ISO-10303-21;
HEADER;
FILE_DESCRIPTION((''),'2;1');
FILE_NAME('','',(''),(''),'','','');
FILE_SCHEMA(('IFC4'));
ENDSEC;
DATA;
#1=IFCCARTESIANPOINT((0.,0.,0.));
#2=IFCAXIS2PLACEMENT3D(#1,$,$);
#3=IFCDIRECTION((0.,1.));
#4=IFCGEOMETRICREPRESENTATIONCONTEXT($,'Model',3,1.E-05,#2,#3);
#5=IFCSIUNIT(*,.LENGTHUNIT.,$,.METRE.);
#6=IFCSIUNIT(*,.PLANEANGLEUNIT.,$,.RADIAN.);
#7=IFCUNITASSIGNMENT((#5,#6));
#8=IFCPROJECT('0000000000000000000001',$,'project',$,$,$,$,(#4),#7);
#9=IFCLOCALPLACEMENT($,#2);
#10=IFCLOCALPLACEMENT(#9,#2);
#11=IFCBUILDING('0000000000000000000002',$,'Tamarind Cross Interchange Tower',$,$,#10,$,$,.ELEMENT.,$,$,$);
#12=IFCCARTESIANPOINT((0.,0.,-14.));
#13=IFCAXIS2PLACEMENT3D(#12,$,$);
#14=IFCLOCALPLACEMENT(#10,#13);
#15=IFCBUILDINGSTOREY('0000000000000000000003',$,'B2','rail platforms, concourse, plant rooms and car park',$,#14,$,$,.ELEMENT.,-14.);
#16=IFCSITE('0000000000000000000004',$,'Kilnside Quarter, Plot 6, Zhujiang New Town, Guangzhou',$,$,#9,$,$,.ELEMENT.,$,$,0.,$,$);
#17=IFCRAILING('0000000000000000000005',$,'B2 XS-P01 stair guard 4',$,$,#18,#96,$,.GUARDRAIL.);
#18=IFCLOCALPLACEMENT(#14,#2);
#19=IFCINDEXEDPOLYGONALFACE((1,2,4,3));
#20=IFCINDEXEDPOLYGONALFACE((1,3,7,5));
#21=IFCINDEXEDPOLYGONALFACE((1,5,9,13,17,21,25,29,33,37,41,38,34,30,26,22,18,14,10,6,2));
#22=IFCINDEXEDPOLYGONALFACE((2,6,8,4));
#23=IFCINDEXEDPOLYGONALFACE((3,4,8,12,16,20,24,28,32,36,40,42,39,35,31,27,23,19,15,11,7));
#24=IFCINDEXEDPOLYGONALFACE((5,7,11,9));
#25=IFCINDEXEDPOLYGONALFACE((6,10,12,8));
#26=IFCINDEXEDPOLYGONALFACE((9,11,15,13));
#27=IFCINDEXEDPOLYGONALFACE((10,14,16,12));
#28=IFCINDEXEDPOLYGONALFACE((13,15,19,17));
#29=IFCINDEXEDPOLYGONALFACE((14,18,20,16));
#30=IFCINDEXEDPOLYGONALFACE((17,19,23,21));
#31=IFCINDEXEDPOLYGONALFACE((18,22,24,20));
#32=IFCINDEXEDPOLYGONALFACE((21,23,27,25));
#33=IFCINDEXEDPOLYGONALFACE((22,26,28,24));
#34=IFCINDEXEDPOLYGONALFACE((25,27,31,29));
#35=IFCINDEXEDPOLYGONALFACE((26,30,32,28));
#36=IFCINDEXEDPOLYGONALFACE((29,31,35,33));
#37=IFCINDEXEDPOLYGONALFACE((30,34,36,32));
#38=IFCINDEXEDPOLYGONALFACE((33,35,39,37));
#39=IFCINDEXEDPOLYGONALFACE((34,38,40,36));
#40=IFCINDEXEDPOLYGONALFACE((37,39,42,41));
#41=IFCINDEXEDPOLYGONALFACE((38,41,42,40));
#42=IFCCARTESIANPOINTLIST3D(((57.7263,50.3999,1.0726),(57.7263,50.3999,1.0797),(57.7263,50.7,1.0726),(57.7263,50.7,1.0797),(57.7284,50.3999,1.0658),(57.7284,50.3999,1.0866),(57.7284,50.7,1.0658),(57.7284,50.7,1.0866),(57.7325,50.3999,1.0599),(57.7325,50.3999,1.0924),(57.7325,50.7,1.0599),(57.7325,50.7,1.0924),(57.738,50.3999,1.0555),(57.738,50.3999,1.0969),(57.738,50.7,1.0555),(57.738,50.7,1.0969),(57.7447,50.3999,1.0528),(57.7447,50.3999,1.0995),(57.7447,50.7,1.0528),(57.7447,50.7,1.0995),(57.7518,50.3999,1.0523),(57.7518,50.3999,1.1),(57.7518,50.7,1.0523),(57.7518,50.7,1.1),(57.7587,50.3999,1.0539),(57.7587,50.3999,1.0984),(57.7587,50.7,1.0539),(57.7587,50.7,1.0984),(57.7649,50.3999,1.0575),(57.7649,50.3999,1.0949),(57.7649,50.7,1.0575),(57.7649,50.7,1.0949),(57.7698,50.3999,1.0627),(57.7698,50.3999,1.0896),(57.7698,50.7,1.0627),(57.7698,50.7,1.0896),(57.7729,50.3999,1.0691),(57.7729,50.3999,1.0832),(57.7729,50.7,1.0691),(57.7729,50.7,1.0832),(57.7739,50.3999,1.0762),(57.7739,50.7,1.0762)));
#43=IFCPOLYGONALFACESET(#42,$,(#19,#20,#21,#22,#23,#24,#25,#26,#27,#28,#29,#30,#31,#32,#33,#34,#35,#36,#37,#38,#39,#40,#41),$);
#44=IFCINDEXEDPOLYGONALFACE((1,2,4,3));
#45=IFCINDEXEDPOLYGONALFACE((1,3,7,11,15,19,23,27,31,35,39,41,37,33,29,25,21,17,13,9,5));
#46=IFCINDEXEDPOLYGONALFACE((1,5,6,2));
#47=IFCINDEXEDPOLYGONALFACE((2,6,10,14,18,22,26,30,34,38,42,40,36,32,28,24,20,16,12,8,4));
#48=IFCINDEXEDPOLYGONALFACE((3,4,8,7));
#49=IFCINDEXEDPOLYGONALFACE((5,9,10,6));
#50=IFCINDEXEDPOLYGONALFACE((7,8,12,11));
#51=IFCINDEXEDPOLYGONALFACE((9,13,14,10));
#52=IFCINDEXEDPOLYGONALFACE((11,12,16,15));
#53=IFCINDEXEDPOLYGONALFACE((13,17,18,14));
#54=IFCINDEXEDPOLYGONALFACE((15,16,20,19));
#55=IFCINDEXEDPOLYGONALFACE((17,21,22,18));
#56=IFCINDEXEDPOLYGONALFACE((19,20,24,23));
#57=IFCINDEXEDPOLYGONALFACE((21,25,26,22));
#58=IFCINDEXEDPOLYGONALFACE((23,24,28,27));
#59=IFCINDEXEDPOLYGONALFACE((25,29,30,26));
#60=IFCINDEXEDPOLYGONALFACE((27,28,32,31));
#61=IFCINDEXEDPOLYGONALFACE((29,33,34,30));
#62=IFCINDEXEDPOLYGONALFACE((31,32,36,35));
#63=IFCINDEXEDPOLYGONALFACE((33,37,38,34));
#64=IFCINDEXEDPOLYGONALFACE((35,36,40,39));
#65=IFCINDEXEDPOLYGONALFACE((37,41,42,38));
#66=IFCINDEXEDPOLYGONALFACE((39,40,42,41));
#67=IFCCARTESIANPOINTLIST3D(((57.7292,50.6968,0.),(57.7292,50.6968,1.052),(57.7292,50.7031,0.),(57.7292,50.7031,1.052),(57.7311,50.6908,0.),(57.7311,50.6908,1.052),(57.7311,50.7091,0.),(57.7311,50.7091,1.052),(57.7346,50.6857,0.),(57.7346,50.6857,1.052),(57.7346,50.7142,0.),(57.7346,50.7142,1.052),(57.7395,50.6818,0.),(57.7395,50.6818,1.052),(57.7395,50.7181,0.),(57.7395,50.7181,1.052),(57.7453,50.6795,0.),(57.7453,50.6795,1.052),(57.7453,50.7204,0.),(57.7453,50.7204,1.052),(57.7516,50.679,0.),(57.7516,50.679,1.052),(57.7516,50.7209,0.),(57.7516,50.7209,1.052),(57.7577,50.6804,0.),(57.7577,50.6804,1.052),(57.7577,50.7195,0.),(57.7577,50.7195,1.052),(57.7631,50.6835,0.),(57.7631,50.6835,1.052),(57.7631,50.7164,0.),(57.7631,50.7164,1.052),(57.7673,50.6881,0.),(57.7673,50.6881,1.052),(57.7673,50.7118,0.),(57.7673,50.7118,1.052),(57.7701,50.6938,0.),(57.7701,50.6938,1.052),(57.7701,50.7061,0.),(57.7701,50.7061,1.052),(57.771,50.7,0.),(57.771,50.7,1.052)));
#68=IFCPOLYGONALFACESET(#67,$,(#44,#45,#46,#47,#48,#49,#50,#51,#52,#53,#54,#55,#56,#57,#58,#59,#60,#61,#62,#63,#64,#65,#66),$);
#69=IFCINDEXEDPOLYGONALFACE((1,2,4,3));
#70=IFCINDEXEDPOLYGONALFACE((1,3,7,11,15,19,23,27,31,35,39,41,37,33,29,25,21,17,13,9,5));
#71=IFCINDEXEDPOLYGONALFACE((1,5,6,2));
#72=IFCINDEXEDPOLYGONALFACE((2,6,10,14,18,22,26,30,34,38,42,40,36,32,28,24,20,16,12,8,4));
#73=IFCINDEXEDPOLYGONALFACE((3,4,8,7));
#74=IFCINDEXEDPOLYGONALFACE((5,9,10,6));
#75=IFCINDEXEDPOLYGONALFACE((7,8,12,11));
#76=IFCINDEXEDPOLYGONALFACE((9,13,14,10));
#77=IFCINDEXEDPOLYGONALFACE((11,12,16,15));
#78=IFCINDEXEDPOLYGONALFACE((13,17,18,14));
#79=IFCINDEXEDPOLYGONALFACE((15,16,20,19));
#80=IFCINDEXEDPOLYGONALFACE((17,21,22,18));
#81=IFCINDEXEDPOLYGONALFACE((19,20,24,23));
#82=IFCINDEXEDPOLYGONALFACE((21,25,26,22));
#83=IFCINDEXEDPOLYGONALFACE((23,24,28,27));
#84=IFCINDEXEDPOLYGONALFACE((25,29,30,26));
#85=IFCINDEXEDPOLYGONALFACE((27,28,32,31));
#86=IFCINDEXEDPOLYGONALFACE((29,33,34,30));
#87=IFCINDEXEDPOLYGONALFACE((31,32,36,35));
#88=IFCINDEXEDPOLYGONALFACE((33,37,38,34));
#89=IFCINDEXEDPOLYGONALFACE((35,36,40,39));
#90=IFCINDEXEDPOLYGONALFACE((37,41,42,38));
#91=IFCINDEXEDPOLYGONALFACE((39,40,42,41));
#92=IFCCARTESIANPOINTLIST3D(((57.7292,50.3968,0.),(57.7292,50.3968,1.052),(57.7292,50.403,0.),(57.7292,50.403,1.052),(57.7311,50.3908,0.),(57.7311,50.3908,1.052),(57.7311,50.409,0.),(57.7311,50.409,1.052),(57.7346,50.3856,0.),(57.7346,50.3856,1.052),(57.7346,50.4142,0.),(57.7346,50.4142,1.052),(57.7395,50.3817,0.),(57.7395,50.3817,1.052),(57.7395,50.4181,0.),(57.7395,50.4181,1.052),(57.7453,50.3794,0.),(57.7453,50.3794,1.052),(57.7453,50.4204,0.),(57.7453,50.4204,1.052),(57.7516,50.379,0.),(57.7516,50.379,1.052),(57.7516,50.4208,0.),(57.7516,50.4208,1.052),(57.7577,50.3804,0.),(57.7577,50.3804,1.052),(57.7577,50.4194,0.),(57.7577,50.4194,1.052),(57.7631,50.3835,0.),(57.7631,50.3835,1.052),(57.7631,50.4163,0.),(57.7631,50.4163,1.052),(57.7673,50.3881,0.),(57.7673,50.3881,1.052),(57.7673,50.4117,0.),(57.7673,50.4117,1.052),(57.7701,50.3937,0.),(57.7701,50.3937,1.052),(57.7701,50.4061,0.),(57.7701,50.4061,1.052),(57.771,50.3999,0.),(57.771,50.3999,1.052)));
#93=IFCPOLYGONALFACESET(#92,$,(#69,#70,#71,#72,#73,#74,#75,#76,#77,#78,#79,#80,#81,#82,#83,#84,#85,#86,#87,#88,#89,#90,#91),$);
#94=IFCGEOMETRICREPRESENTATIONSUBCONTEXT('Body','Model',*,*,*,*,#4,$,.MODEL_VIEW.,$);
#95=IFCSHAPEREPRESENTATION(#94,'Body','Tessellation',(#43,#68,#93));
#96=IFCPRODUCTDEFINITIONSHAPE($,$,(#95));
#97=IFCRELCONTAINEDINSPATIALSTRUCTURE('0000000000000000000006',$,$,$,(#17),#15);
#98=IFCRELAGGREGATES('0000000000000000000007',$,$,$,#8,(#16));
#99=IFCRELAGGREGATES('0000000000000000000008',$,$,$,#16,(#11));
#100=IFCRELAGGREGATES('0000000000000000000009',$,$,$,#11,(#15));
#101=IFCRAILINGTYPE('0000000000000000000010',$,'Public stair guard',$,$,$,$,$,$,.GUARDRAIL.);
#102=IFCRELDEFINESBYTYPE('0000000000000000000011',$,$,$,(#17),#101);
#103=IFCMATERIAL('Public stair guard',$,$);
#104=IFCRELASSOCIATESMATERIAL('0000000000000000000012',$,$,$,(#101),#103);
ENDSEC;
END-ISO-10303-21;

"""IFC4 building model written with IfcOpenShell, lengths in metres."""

from ifc_helpers import new_model, si_unit, direction, frame, origin, origin_2d, place, context, subcontext, project, spatial, circle, extrude, material, type_object, element, save


model = new_model("IFC4")

# Units and contexts
model_context = context("Model", 3, precision=1e-05, world=origin(), true_north=direction((0.0, 1.0)))
body_context = subcontext(model_context, "Body", "Model", "MODEL_VIEW")
ifc_project = project(units=[si_unit("LENGTHUNIT", "METRE"), si_unit("PLANEANGLEUNIT", "RADIAN")], contexts=[model_context])

# Site, building, storey
site_placement = place(None, origin())
site = spatial("IfcSite", under=ifc_project, at=site_placement, Name="Kilnside Quarter, Plot 6, Zhujiang New Town, Guangzhou", CompositionType="ELEMENT", RefElevation=0.0)
building_placement = place(site_placement, origin())
building = spatial("IfcBuilding", under=site, at=building_placement, Name="Tamarind Cross Interchange Tower", CompositionType="ELEMENT")
storey_placement = place(building_placement, frame((0.0, 0.0, -14.0)))
storey = spatial("IfcBuildingStorey", under=building, at=storey_placement, Name="B2", Description="rail platforms, concourse, plant rooms and car park", CompositionType="ELEMENT", Elevation=-14.0)

# Railing
ifc_material_1 = material(Name="Public stair guard")
railing_type_1 = type_object("IfcRailingType", Name="Public stair guard", PredefinedType="GUARDRAIL", material=ifc_material_1)
railing_1_placement = place(storey_placement, frame((57.75, 50.7, 0.0)))
element("IfcRailing", 1, at=railing_1_placement, inside=storey, type_object=railing_type_1, Name="B2 XS-P01 stair guard 4", PredefinedType="GUARDRAIL", context=body_context, shape_type="SweptSolid", body=[
    extrude(circle(Radius=0.0239, at=origin_2d()), frame((0.0, 0.0, 1.0762), z_axis=(0.0, -1.0, 0.0), x_axis=(1.0, 0.0, 0.0)), (0.0, 0.0, 1.0), 0.3),
    extrude(circle(Radius=0.021, at=origin_2d()), origin(), (0.0, 0.0, 1.0), 1.052),
    extrude(circle(Radius=0.021, at=origin_2d()), frame((0.0, -0.3, 0.0)), (0.0, 0.0, 1.0), 1.052),
])

save(model, "model.ifc")
